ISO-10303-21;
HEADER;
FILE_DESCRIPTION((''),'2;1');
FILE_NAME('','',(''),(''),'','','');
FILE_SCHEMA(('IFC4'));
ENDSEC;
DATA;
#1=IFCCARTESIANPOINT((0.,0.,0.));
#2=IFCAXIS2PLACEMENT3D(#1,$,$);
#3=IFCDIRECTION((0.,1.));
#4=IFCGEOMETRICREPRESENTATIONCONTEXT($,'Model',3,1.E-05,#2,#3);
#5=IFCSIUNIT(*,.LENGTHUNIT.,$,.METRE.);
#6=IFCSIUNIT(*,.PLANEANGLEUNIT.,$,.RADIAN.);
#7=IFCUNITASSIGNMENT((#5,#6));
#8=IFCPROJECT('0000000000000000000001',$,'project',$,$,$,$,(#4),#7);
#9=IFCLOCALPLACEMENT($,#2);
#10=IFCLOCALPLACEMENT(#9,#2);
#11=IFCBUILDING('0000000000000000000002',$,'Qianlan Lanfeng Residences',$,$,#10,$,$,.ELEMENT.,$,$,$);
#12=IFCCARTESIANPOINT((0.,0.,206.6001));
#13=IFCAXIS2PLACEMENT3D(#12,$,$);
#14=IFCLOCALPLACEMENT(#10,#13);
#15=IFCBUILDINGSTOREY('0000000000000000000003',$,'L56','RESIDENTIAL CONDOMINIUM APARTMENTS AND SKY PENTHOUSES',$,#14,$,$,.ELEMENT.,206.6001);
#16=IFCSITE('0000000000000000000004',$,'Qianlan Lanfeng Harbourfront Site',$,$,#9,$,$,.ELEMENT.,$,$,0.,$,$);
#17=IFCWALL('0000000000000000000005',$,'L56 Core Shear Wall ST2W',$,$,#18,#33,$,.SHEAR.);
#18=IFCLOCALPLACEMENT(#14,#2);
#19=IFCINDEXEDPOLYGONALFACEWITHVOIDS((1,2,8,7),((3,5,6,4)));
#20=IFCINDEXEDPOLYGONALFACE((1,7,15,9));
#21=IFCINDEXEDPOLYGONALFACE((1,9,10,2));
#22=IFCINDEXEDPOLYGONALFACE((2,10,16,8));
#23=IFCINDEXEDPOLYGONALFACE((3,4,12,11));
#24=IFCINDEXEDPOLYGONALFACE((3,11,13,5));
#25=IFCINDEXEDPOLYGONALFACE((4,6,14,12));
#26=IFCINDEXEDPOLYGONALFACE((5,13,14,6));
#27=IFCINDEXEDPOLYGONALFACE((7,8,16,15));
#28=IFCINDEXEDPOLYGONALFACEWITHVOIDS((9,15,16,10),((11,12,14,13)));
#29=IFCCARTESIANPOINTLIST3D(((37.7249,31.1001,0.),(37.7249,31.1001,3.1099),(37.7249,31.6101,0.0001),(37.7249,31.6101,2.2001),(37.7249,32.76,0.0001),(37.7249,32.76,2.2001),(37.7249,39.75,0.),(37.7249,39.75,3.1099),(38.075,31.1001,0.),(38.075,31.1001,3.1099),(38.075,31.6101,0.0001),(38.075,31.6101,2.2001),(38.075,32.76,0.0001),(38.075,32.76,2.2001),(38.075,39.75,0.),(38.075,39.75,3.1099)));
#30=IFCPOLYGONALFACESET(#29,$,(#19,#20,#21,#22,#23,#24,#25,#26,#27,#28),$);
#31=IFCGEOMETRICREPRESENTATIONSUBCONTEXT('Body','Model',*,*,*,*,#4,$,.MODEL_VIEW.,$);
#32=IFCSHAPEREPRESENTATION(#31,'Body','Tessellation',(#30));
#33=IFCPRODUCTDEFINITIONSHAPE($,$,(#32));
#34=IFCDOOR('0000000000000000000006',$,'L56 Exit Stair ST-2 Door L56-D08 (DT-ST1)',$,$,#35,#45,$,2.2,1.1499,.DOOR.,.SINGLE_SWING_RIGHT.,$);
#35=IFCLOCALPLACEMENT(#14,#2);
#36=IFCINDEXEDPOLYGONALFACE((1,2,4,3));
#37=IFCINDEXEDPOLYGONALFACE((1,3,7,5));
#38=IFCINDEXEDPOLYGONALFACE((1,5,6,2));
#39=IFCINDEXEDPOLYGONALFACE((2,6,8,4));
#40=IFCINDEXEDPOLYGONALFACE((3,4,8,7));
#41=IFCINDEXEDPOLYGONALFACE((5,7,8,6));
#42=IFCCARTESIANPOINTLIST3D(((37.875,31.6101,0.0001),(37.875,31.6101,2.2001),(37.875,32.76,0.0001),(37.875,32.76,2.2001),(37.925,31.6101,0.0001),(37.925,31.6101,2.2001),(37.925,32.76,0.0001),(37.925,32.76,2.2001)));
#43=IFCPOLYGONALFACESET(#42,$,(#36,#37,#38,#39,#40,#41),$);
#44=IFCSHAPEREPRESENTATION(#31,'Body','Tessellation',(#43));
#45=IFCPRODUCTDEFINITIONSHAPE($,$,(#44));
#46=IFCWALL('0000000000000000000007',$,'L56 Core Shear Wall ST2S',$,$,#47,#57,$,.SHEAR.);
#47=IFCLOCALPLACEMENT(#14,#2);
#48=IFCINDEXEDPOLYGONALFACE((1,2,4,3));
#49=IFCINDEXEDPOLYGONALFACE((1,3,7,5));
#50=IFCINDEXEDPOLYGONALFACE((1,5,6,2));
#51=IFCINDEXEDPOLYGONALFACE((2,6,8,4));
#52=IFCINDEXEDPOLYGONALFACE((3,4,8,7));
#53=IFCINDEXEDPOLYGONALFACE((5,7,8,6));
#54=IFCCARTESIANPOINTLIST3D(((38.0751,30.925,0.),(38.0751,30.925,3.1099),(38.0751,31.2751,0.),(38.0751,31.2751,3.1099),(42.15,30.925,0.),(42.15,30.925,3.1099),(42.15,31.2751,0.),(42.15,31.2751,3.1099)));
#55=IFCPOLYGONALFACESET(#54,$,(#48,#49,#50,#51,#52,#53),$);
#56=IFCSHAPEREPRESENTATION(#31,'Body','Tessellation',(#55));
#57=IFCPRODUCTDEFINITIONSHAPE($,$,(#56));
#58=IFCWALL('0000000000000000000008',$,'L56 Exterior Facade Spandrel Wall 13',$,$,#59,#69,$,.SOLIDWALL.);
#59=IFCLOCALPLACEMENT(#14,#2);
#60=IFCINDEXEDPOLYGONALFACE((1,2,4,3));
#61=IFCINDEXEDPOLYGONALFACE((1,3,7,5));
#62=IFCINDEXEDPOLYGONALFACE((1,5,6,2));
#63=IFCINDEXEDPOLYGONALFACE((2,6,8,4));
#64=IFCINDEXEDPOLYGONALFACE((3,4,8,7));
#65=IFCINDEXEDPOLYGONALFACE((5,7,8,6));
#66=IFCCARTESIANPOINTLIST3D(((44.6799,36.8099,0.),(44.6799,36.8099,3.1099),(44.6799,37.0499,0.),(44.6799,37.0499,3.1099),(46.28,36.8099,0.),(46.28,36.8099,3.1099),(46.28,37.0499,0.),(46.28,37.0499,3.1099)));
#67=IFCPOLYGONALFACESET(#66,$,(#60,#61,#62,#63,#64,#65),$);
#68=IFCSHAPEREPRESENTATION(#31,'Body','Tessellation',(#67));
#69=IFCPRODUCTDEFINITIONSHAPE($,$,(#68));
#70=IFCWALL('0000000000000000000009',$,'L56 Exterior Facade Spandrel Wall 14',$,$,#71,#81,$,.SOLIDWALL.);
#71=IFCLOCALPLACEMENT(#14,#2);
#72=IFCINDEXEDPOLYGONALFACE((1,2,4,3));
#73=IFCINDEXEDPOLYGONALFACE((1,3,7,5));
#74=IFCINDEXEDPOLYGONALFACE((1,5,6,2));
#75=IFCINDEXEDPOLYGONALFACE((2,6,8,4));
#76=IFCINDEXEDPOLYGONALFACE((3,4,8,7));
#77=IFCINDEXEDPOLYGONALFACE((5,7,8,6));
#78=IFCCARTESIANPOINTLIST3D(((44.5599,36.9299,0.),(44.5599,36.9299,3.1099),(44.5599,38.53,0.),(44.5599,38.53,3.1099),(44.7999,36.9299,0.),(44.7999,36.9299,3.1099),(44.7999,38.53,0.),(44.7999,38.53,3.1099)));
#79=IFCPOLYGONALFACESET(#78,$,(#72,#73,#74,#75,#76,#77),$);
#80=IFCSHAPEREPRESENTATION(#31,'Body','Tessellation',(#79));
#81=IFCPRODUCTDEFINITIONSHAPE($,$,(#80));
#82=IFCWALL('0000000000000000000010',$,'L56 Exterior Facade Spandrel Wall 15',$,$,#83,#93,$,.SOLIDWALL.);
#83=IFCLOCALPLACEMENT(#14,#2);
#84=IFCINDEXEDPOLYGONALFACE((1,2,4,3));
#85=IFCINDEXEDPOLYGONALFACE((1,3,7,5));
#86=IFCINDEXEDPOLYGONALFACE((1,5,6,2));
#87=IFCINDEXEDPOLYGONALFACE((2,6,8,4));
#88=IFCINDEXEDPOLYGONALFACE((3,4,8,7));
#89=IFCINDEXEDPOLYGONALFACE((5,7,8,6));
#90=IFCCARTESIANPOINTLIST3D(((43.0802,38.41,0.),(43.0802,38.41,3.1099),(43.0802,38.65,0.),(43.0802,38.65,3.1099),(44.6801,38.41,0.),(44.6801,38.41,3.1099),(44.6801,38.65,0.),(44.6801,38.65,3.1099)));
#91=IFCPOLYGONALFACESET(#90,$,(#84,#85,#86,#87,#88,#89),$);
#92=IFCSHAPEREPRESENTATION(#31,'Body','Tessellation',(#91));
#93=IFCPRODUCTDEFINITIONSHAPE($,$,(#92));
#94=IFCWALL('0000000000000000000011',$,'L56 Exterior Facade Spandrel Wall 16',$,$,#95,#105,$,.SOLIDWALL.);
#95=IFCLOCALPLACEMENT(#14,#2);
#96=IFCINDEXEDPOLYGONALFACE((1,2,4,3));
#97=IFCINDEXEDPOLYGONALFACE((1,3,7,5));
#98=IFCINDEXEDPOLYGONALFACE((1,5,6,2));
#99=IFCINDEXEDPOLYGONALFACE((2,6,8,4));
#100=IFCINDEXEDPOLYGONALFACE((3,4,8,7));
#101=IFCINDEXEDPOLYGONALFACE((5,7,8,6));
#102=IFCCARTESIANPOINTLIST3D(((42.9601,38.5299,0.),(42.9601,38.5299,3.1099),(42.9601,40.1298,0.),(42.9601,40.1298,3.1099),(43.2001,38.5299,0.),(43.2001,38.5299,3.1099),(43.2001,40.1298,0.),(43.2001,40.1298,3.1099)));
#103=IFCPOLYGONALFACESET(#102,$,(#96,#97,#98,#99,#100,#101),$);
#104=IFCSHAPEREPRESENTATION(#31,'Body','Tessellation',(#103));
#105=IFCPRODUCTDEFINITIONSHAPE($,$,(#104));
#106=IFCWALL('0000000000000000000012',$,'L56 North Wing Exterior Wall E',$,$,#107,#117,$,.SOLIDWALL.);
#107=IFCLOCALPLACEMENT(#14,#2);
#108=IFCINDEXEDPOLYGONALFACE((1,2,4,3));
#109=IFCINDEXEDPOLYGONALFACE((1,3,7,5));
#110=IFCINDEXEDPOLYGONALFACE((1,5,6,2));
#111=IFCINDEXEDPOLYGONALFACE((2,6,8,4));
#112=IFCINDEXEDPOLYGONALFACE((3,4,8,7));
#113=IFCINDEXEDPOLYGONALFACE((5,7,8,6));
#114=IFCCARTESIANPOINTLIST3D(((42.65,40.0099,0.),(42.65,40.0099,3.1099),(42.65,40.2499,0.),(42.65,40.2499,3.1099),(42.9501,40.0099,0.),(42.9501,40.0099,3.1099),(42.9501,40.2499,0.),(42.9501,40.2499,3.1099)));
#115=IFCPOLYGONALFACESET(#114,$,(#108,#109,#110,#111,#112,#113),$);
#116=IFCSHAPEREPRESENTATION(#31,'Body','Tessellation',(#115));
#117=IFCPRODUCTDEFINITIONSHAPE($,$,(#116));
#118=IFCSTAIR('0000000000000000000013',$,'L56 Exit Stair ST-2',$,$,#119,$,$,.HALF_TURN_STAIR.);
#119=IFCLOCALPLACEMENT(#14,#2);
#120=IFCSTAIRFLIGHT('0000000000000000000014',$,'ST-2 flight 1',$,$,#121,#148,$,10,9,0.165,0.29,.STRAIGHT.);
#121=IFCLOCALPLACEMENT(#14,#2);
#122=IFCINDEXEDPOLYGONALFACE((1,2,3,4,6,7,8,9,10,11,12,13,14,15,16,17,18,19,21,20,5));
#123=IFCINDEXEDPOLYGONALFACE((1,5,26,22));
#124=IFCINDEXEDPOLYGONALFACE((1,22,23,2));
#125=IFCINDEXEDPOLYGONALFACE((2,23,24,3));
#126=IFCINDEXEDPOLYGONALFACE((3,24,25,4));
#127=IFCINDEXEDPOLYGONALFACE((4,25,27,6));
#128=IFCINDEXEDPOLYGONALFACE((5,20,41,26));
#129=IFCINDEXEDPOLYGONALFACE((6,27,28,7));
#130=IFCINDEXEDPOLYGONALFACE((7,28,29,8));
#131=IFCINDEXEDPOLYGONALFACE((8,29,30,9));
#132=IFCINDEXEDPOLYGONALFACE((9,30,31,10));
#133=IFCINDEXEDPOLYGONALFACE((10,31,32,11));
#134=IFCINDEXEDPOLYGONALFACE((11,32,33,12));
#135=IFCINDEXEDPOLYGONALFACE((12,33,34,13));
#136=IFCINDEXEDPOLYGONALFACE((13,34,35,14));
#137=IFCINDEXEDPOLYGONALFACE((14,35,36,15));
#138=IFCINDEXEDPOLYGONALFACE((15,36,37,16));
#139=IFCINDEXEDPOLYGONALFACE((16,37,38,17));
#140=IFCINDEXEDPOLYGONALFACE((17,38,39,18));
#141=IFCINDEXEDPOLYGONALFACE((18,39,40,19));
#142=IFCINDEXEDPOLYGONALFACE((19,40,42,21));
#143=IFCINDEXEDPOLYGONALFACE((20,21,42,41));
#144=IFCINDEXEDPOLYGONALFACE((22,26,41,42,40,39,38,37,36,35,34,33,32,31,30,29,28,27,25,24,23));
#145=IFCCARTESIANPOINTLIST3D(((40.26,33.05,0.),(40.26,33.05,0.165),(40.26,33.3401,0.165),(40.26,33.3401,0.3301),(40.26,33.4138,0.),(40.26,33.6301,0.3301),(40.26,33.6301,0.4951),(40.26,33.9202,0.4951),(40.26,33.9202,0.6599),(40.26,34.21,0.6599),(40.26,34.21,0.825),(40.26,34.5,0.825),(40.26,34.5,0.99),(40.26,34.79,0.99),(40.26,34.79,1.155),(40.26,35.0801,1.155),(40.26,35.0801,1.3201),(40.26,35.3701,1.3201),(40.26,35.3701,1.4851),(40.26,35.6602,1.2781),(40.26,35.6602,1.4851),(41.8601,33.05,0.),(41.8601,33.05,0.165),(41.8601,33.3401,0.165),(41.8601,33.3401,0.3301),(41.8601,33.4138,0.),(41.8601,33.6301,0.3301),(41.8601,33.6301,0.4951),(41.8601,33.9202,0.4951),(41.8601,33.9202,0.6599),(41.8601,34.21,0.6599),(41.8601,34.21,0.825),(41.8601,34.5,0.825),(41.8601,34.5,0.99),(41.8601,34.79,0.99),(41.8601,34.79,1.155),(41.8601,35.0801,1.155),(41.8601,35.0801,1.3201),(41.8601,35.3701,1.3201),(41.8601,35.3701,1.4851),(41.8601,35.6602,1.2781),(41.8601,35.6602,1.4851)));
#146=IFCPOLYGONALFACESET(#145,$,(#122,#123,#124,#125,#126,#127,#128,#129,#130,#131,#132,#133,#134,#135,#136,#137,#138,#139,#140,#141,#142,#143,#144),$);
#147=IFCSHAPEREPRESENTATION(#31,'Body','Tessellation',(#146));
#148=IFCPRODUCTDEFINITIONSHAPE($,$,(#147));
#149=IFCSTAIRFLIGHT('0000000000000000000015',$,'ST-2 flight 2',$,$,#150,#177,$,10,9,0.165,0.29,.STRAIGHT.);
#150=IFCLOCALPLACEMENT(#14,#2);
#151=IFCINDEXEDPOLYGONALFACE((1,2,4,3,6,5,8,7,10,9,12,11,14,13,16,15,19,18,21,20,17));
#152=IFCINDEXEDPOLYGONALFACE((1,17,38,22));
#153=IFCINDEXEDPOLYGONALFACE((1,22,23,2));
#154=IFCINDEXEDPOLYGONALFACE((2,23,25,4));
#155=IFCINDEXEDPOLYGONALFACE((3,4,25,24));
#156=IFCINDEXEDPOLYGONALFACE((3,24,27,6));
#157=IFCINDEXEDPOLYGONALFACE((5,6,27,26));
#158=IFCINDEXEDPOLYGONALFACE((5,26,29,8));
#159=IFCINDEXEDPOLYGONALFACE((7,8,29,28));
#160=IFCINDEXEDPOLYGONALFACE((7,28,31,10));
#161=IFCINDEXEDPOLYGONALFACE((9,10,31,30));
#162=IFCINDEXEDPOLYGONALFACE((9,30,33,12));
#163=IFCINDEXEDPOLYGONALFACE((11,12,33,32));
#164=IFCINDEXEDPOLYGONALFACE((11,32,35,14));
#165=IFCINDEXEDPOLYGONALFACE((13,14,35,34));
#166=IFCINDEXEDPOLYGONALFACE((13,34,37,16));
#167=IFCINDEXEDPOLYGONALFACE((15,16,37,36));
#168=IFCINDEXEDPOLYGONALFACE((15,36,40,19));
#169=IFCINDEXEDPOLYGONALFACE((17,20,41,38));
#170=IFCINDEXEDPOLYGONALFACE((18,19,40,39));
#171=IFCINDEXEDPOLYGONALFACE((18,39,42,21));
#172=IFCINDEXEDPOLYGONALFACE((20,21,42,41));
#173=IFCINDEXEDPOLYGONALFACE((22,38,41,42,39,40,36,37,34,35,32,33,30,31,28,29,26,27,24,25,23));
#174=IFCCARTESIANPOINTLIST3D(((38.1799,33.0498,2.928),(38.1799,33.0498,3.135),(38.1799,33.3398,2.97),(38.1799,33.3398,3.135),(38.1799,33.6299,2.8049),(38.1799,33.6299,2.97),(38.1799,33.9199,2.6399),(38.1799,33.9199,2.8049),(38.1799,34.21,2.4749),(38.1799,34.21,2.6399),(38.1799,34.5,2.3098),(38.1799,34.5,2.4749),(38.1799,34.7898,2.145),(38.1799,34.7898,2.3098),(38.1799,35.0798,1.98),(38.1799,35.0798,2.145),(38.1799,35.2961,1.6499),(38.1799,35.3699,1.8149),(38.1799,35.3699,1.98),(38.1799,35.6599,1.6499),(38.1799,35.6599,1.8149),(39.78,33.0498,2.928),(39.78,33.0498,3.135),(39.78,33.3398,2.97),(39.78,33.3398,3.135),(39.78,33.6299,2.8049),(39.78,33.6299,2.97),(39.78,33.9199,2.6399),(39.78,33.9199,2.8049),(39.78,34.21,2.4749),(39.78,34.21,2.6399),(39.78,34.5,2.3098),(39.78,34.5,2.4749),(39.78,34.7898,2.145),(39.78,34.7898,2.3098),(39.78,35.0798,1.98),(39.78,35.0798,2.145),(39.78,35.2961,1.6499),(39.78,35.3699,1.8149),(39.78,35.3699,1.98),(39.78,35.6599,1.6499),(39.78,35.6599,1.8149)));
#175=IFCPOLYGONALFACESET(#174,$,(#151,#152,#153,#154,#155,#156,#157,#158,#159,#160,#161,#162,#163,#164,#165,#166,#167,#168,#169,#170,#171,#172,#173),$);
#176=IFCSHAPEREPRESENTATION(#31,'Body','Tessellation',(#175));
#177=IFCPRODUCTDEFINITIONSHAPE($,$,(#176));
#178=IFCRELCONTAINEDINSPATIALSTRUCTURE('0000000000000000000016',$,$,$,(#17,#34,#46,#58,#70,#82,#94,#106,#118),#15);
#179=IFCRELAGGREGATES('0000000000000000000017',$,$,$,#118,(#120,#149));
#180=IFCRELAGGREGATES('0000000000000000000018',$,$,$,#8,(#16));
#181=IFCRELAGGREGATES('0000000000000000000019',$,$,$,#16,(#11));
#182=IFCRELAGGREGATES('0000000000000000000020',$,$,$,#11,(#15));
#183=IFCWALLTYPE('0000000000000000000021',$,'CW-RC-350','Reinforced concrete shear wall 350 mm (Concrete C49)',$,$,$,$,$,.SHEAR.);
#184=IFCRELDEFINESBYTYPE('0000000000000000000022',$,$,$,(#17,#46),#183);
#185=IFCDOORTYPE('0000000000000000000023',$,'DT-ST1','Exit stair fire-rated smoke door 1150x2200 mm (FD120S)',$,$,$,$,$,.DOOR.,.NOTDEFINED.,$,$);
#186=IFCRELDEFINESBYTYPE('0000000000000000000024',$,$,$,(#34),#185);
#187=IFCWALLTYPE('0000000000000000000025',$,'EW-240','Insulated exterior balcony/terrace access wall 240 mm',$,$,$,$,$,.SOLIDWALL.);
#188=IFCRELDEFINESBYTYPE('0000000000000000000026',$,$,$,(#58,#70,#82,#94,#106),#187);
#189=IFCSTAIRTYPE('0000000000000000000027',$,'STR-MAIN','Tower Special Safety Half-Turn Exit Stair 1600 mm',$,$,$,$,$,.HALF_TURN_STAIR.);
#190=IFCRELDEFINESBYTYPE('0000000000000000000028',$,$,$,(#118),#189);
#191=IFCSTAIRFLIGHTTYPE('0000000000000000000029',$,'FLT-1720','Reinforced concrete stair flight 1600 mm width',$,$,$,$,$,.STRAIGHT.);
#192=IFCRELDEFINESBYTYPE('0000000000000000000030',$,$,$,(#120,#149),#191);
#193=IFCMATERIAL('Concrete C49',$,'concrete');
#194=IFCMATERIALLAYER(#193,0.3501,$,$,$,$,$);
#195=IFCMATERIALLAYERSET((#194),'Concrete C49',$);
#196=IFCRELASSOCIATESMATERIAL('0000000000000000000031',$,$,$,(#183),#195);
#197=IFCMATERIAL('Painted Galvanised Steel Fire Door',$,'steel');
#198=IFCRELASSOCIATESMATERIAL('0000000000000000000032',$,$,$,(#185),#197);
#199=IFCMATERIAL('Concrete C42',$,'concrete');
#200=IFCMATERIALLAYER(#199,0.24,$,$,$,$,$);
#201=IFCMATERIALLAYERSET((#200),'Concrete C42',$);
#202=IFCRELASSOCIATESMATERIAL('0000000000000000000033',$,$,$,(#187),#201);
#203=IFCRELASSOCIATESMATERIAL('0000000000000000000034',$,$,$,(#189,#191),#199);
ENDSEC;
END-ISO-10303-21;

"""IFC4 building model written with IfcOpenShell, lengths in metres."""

from ifc_helpers import new_model, si_unit, direction, frame, frame_2d, origin, place, context, subcontext, project, spatial, polyline, rectangle, outline, extrude, material, layer, layer_set, type_object, element, fill, aggregate, save


model = new_model("IFC4")

# Units and contexts
model_context = context("Model", 3, precision=1e-05, world=origin(), true_north=direction((0.0, 1.0)))
body_context = subcontext(model_context, "Body", "Model", "MODEL_VIEW")
ifc_project = project(units=[si_unit("LENGTHUNIT", "METRE"), si_unit("PLANEANGLEUNIT", "RADIAN")], contexts=[model_context])

# Site, building, storey
site_placement = place(None, origin())
site = spatial("IfcSite", under=ifc_project, at=site_placement, Name="Qianlan Lanfeng Harbourfront Site", CompositionType="ELEMENT", RefElevation=0.0)
building_placement = place(site_placement, origin())
building = spatial("IfcBuilding", under=site, at=building_placement, Name="Qianlan Lanfeng Residences", CompositionType="ELEMENT")
storey_placement = place(building_placement, frame((0.0, 0.0, 206.6001)))
storey = spatial("IfcBuildingStorey", under=building, at=storey_placement, Name="L56", Description="RESIDENTIAL CONDOMINIUM APARTMENTS AND SKY PENTHOUSES", CompositionType="ELEMENT", Elevation=206.6001)

# Wall, opening, door
ifc_material_1 = material(Name="Concrete C49", Category="concrete")
ifc_layer_1 = layer(ifc_material_1, 0.3501)
ifc_layer_set_1 = layer_set([ifc_layer_1], Name="Concrete C49")
wall_type_1 = type_object("IfcWallType", Name="CW-RC-350", Description="Reinforced concrete shear wall 350 mm (Concrete C49)", PredefinedType="SHEAR", material=ifc_layer_set_1)
wall_1_placement = place(storey_placement, frame((37.8999, 31.1001, 0.0), z_axis=(0.0, 0.0, 1.0), x_axis=(0.0, 1.0, 0.0)))
wall_1 = element("IfcWall", 1, at=wall_1_placement, inside=storey, type_object=wall_type_1, Name="L56 Core Shear Wall ST2W", PredefinedType="SHEAR", context=body_context, shape_type="SweptSolid", body=[
    extrude(rectangle(XDim=8.6499, YDim=0.3501, at=frame_2d((4.325, 0.0))), origin(), (0.0, 0.0, 1.0), 3.1099),
])
opening_1_placement = place(wall_1_placement, frame((0.51, 0.0, 0.0)))
opening_1 = element("IfcOpeningElement", 2, at=opening_1_placement, cuts=wall_1, PredefinedType="OPENING", context=body_context, shape_type="SweptSolid", body=[
    extrude(rectangle(XDim=1.1499, YDim=2.2, at=frame_2d((0.575, 1.1001))), frame((0.0, 0.1851, 0.0), z_axis=(0.0, -1.0, 0.0), x_axis=(1.0, 0.0, 0.0)), (0.0, 0.0, 1.0), 0.3701),
])
ifc_material_2 = material(Name="Painted Galvanised Steel Fire Door", Category="steel")
door_type_1 = type_object("IfcDoorType", Name="DT-ST1", Description="Exit stair fire-rated smoke door 1150x2200 mm (FD120S)", OperationType="NOTDEFINED", PredefinedType="DOOR", material=ifc_material_2)
door_1_placement = place(opening_1_placement, origin())
door_1 = element("IfcDoor", 3, at=door_1_placement, inside=storey, type_object=door_type_1, Name="L56 Exit Stair ST-2 Door L56-D08 (DT-ST1)", OperationType="SINGLE_SWING_RIGHT", OverallHeight=2.2, OverallWidth=1.1499, PredefinedType="DOOR", context=body_context, shape_type="SweptSolid", body=[
    extrude(rectangle(XDim=1.1499, YDim=2.2, at=frame_2d((0.575, 1.1001))), frame((0.0, 0.0249, 0.0), z_axis=(0.0, -1.0, 0.0), x_axis=(1.0, 0.0, 0.0)), (0.0, 0.0, 1.0), 0.05),
])
fill(opening_1, door_1)

# Walls
wall_2_placement = place(storey_placement, frame((38.075, 31.1001, 0.0), z_axis=(0.0, 0.0, 1.0), x_axis=(1.0, 0.0, 0.0)))
element("IfcWall", 4, at=wall_2_placement, inside=storey, type_object=wall_type_1, Name="L56 Core Shear Wall ST2S", PredefinedType="SHEAR", context=body_context, shape_type="SweptSolid", body=[
    extrude(rectangle(XDim=4.075, YDim=0.3501, at=frame_2d((2.0376, 0.0))), origin(), (0.0, 0.0, 1.0), 3.1099),
])
ifc_material_3 = material(Name="Concrete C42", Category="concrete")
ifc_layer_2 = layer(ifc_material_3, 0.24)
ifc_layer_set_2 = layer_set([ifc_layer_2], Name="Concrete C42")
wall_type_2 = type_object("IfcWallType", Name="EW-240", Description="Insulated exterior balcony/terrace access wall 240 mm", PredefinedType="SOLIDWALL", material=ifc_layer_set_2)
for number, where, z_axis, x_axis, name in (
    (5, (46.28, 36.9299, 0.0), (0.0, 0.0, 1.0), (-1.0, 0.0, 0.0), "L56 Exterior Facade Spandrel Wall 13"),
    (6, (44.6799, 36.9299, 0.0), (0.0, 0.0, 1.0), (0.0, 1.0, 0.0), "L56 Exterior Facade Spandrel Wall 14"),
):
    element("IfcWall", number, at=place(storey_placement, frame(where, z_axis=z_axis, x_axis=x_axis)), inside=storey, type_object=wall_type_2, Name=name, PredefinedType="SOLIDWALL", context=body_context, shape_type="SweptSolid", body=[
        extrude(rectangle(XDim=1.6001, YDim=0.24, at=frame_2d((0.8, 0.0))), origin(), (0.0, 0.0, 1.0), 3.1099),
    ])
for number, where, z_axis, x_axis, name in (
    (7, (44.6799, 38.53, 0.0), (0.0, 0.0, 1.0), (-1.0, 0.0, 0.0), "L56 Exterior Facade Spandrel Wall 15"),
    (8, (43.0801, 38.53, 0.0), (0.0, 0.0, 1.0), (0.0, 1.0, 0.0), "L56 Exterior Facade Spandrel Wall 16"),
):
    element("IfcWall", number, at=place(storey_placement, frame(where, z_axis=z_axis, x_axis=x_axis)), inside=storey, type_object=wall_type_2, Name=name, PredefinedType="SOLIDWALL", context=body_context, shape_type="SweptSolid", body=[
        extrude(rectangle(XDim=1.5999, YDim=0.24, at=frame_2d((0.7998, 0.0))), origin(), (0.0, 0.0, 1.0), 3.1099),
    ])
wall_3_placement = place(storey_placement, frame((42.95, 40.1299, 0.0), z_axis=(0.0, 0.0, 1.0), x_axis=(-1.0, 0.0, 0.0)))
element("IfcWall", 9, at=wall_3_placement, inside=storey, type_object=wall_type_2, Name="L56 North Wing Exterior Wall E", PredefinedType="SOLIDWALL", context=body_context, shape_type="SweptSolid", body=[
    extrude(rectangle(XDim=0.3, YDim=0.24, at=frame_2d((0.1499, 0.0))), origin(), (0.0, 0.0, 1.0), 3.1099),
])

# Stair, stair flights
stair_type = type_object("IfcStairType", Name="STR-MAIN", Description="Tower Special Safety Half-Turn Exit Stair 1600 mm", PredefinedType="HALF_TURN_STAIR", material=ifc_material_3)
stair_placement = place(storey_placement, origin())
stair = element("IfcStair", 10, at=stair_placement, inside=storey, type_object=stair_type, Name="L56 Exit Stair ST-2", PredefinedType="HALF_TURN_STAIR")
stair_flight_type = type_object("IfcStairFlightType", Name="FLT-1720", Description="Reinforced concrete stair flight 1600 mm width", PredefinedType="STRAIGHT", material=ifc_material_3)
stair_flight_1_placement = place(storey_placement, frame((41.0601, 33.05, 0.0), z_axis=(0.0, 0.0, 1.0), x_axis=(0.0, 1.0, 0.0)))
stair_flight_1 = element("IfcStairFlight", 11, at=stair_flight_1_placement, type_object=stair_flight_type, Name="ST-2 flight 1", NumberOfRisers=10, NumberOfTreads=9, PredefinedType="STRAIGHT", RiserHeight=0.165, TreadLength=0.29, context=body_context, shape_type="SweptSolid", body=[
    extrude(outline(polyline([(0.0, 0.0), (0.0, 0.165), (0.29, 0.165), (0.29, 0.3301), (0.5801, 0.3301), (0.5801, 0.4951), (0.8701, 0.4951), (0.8701, 0.6599), (1.1599, 0.6599), (1.1599, 0.825), (1.45, 0.825), (1.45, 0.99), (1.74, 0.99), (1.74, 1.155), (2.03, 1.155), (2.03, 1.3201), (2.3201, 1.3201), (2.3201, 1.4851), (2.6101, 1.4851), (2.6101, 1.6499), (2.6101, 1.2781), (0.3638, 0.0), (0.0, 0.0)])), frame((0.0, 0.8, 0.0), z_axis=(0.0, -1.0, 0.0), x_axis=(1.0, 0.0, 0.0)), (0.0, 0.0, 1.0), 1.6001),
])
stair_flight_2_placement = place(storey_placement, frame((38.98, 35.6599, 1.6499), z_axis=(0.0, 0.0, 1.0), x_axis=(0.0, -1.0, 0.0)))
stair_flight_2 = element("IfcStairFlight", 12, at=stair_flight_2_placement, type_object=stair_flight_type, Name="ST-2 flight 2", NumberOfRisers=10, NumberOfTreads=9, PredefinedType="STRAIGHT", RiserHeight=0.165, TreadLength=0.29, context=body_context, shape_type="SweptSolid", body=[
    extrude(outline(polyline([(0.0, 0.0), (0.0, 0.165), (0.29, 0.165), (0.29, 0.3301), (0.5801, 0.3301), (0.5801, 0.4951), (0.8701, 0.4951), (0.8701, 0.6599), (1.1599, 0.6599), (1.1599, 0.825), (1.45, 0.825), (1.45, 0.99), (1.74, 0.99), (1.74, 1.155), (2.03, 1.155), (2.03, 1.3201), (2.3201, 1.3201), (2.3201, 1.4851), (2.6101, 1.4851), (2.6101, 1.6499), (2.6101, 1.2781), (0.3638, 0.0), (0.0, 0.0)])), frame((0.0, 0.8, 0.0), z_axis=(0.0, -1.0, 0.0), x_axis=(1.0, 0.0, 0.0)), (0.0, 0.0, 1.0), 1.6001),
])
aggregate(stair, [stair_flight_1, stair_flight_2])

save(model, "model.ifc")
